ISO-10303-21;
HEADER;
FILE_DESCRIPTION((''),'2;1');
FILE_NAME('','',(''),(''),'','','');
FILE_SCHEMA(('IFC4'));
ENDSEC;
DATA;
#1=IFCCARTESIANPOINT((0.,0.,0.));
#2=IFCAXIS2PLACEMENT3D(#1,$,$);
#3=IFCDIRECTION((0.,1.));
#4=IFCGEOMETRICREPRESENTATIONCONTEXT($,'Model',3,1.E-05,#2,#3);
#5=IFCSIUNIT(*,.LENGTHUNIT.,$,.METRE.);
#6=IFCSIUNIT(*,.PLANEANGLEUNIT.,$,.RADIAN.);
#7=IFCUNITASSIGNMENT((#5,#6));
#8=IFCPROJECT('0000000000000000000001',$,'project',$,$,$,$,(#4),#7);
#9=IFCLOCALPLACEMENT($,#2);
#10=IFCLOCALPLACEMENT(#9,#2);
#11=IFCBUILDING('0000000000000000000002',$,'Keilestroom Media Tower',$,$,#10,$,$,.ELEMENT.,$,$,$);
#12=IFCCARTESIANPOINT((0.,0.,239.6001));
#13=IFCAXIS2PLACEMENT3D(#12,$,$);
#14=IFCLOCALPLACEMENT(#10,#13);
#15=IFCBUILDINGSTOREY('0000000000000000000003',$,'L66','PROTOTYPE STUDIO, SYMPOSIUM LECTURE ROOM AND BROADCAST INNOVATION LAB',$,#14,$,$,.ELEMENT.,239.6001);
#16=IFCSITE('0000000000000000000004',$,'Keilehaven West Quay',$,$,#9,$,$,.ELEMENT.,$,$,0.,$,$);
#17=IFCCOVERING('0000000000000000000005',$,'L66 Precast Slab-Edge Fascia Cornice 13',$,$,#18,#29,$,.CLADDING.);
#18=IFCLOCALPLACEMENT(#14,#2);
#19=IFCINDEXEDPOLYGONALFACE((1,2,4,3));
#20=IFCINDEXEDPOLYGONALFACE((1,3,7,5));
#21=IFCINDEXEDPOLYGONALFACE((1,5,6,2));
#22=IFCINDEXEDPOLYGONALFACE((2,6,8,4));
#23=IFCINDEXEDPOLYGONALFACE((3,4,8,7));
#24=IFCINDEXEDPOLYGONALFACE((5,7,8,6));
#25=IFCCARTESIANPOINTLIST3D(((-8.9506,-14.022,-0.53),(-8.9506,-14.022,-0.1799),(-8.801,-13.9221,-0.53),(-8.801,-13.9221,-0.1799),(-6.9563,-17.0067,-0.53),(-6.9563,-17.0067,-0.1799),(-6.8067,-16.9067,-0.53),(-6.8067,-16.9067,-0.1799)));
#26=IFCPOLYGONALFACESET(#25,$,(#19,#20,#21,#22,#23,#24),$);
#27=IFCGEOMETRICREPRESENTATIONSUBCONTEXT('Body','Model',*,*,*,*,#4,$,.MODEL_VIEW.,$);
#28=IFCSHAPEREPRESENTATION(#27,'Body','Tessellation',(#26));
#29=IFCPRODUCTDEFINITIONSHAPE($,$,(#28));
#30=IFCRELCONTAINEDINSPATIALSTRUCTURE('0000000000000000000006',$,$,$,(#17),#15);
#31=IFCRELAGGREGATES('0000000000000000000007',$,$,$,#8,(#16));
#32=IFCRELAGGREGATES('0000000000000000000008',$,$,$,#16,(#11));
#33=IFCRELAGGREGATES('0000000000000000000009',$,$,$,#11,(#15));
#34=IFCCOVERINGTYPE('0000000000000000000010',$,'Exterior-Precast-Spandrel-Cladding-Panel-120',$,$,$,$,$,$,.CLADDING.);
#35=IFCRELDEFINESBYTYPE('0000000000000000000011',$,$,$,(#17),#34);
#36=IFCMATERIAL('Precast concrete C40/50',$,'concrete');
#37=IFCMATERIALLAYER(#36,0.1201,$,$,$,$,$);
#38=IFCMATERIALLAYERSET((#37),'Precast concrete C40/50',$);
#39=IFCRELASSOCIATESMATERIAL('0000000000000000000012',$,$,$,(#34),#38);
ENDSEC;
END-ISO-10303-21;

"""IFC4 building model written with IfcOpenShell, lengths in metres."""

from ifc_helpers import new_model, si_unit, direction, frame, origin, origin_2d, place, context, subcontext, project, spatial, rectangle, extrude, source, transform, mapped, material, layer, layer_set, type_object, element, save


model = new_model("IFC4")

# Units and contexts
model_context = context("Model", 3, precision=1e-05, world=origin(), true_north=direction((0.0, 1.0)))
body_context = subcontext(model_context, "Body", "Model", "MODEL_VIEW")
ifc_project = project(units=[si_unit("LENGTHUNIT", "METRE"), si_unit("PLANEANGLEUNIT", "RADIAN")], contexts=[model_context])

# Site, building, storey
site_placement = place(None, origin())
site = spatial("IfcSite", under=ifc_project, at=site_placement, Name="Keilehaven West Quay", CompositionType="ELEMENT", RefElevation=0.0)
building_placement = place(site_placement, origin())
building = spatial("IfcBuilding", under=site, at=building_placement, Name="Keilestroom Media Tower", CompositionType="ELEMENT")
storey_placement = place(building_placement, frame((0.0, 0.0, 239.6001)))
storey = spatial("IfcBuildingStorey", under=building, at=storey_placement, Name="L66", Description="PROTOTYPE STUDIO, SYMPOSIUM LECTURE ROOM AND BROADCAST INNOVATION LAB", CompositionType="ELEMENT", Elevation=239.6001)

# Shared definitions
ifc_material_1 = material(Name="Precast concrete C40/50", Category="concrete")

# Covering
ifc_layer_1 = layer(ifc_material_1, 0.1201)
ifc_layer_set_1 = layer_set([ifc_layer_1], Name="Precast concrete C40/50")
covering_type = type_object("IfcCoveringType", Name="Exterior-Precast-Spandrel-Cladding-Panel-120", PredefinedType="CLADDING", material=ifc_layer_set_1)
shared_shape_1 = source(origin(), body_context, "Body", "SweptSolid", [
    extrude(rectangle(XDim=3.5896, YDim=0.1799, at=origin_2d()), origin(), (0.0, 0.0, 1.0), 0.3501),
])
covering_1_placement = place(storey_placement, frame((-7.8787, -15.4644, -0.53), z_axis=(0.0, 0.0, 1.0), x_axis=(-0.555575, 0.831467, 0.0)))
element("IfcCovering", 1, at=covering_1_placement, inside=storey, type_object=covering_type, Name="L66 Precast Slab-Edge Fascia Cornice 13", PredefinedType="CLADDING", context=body_context, shape_type="MappedRepresentation", body=[
    mapped(shared_shape_1, transform((0.0, 0.0, 0.0), x_axis=(1.0, 0.0, 0.0), y_axis=(0.0, 1.0, 0.0), z_axis=(0.0, 0.0, 1.0), scale=1.0)),
])

save(model, "model.ifc")
